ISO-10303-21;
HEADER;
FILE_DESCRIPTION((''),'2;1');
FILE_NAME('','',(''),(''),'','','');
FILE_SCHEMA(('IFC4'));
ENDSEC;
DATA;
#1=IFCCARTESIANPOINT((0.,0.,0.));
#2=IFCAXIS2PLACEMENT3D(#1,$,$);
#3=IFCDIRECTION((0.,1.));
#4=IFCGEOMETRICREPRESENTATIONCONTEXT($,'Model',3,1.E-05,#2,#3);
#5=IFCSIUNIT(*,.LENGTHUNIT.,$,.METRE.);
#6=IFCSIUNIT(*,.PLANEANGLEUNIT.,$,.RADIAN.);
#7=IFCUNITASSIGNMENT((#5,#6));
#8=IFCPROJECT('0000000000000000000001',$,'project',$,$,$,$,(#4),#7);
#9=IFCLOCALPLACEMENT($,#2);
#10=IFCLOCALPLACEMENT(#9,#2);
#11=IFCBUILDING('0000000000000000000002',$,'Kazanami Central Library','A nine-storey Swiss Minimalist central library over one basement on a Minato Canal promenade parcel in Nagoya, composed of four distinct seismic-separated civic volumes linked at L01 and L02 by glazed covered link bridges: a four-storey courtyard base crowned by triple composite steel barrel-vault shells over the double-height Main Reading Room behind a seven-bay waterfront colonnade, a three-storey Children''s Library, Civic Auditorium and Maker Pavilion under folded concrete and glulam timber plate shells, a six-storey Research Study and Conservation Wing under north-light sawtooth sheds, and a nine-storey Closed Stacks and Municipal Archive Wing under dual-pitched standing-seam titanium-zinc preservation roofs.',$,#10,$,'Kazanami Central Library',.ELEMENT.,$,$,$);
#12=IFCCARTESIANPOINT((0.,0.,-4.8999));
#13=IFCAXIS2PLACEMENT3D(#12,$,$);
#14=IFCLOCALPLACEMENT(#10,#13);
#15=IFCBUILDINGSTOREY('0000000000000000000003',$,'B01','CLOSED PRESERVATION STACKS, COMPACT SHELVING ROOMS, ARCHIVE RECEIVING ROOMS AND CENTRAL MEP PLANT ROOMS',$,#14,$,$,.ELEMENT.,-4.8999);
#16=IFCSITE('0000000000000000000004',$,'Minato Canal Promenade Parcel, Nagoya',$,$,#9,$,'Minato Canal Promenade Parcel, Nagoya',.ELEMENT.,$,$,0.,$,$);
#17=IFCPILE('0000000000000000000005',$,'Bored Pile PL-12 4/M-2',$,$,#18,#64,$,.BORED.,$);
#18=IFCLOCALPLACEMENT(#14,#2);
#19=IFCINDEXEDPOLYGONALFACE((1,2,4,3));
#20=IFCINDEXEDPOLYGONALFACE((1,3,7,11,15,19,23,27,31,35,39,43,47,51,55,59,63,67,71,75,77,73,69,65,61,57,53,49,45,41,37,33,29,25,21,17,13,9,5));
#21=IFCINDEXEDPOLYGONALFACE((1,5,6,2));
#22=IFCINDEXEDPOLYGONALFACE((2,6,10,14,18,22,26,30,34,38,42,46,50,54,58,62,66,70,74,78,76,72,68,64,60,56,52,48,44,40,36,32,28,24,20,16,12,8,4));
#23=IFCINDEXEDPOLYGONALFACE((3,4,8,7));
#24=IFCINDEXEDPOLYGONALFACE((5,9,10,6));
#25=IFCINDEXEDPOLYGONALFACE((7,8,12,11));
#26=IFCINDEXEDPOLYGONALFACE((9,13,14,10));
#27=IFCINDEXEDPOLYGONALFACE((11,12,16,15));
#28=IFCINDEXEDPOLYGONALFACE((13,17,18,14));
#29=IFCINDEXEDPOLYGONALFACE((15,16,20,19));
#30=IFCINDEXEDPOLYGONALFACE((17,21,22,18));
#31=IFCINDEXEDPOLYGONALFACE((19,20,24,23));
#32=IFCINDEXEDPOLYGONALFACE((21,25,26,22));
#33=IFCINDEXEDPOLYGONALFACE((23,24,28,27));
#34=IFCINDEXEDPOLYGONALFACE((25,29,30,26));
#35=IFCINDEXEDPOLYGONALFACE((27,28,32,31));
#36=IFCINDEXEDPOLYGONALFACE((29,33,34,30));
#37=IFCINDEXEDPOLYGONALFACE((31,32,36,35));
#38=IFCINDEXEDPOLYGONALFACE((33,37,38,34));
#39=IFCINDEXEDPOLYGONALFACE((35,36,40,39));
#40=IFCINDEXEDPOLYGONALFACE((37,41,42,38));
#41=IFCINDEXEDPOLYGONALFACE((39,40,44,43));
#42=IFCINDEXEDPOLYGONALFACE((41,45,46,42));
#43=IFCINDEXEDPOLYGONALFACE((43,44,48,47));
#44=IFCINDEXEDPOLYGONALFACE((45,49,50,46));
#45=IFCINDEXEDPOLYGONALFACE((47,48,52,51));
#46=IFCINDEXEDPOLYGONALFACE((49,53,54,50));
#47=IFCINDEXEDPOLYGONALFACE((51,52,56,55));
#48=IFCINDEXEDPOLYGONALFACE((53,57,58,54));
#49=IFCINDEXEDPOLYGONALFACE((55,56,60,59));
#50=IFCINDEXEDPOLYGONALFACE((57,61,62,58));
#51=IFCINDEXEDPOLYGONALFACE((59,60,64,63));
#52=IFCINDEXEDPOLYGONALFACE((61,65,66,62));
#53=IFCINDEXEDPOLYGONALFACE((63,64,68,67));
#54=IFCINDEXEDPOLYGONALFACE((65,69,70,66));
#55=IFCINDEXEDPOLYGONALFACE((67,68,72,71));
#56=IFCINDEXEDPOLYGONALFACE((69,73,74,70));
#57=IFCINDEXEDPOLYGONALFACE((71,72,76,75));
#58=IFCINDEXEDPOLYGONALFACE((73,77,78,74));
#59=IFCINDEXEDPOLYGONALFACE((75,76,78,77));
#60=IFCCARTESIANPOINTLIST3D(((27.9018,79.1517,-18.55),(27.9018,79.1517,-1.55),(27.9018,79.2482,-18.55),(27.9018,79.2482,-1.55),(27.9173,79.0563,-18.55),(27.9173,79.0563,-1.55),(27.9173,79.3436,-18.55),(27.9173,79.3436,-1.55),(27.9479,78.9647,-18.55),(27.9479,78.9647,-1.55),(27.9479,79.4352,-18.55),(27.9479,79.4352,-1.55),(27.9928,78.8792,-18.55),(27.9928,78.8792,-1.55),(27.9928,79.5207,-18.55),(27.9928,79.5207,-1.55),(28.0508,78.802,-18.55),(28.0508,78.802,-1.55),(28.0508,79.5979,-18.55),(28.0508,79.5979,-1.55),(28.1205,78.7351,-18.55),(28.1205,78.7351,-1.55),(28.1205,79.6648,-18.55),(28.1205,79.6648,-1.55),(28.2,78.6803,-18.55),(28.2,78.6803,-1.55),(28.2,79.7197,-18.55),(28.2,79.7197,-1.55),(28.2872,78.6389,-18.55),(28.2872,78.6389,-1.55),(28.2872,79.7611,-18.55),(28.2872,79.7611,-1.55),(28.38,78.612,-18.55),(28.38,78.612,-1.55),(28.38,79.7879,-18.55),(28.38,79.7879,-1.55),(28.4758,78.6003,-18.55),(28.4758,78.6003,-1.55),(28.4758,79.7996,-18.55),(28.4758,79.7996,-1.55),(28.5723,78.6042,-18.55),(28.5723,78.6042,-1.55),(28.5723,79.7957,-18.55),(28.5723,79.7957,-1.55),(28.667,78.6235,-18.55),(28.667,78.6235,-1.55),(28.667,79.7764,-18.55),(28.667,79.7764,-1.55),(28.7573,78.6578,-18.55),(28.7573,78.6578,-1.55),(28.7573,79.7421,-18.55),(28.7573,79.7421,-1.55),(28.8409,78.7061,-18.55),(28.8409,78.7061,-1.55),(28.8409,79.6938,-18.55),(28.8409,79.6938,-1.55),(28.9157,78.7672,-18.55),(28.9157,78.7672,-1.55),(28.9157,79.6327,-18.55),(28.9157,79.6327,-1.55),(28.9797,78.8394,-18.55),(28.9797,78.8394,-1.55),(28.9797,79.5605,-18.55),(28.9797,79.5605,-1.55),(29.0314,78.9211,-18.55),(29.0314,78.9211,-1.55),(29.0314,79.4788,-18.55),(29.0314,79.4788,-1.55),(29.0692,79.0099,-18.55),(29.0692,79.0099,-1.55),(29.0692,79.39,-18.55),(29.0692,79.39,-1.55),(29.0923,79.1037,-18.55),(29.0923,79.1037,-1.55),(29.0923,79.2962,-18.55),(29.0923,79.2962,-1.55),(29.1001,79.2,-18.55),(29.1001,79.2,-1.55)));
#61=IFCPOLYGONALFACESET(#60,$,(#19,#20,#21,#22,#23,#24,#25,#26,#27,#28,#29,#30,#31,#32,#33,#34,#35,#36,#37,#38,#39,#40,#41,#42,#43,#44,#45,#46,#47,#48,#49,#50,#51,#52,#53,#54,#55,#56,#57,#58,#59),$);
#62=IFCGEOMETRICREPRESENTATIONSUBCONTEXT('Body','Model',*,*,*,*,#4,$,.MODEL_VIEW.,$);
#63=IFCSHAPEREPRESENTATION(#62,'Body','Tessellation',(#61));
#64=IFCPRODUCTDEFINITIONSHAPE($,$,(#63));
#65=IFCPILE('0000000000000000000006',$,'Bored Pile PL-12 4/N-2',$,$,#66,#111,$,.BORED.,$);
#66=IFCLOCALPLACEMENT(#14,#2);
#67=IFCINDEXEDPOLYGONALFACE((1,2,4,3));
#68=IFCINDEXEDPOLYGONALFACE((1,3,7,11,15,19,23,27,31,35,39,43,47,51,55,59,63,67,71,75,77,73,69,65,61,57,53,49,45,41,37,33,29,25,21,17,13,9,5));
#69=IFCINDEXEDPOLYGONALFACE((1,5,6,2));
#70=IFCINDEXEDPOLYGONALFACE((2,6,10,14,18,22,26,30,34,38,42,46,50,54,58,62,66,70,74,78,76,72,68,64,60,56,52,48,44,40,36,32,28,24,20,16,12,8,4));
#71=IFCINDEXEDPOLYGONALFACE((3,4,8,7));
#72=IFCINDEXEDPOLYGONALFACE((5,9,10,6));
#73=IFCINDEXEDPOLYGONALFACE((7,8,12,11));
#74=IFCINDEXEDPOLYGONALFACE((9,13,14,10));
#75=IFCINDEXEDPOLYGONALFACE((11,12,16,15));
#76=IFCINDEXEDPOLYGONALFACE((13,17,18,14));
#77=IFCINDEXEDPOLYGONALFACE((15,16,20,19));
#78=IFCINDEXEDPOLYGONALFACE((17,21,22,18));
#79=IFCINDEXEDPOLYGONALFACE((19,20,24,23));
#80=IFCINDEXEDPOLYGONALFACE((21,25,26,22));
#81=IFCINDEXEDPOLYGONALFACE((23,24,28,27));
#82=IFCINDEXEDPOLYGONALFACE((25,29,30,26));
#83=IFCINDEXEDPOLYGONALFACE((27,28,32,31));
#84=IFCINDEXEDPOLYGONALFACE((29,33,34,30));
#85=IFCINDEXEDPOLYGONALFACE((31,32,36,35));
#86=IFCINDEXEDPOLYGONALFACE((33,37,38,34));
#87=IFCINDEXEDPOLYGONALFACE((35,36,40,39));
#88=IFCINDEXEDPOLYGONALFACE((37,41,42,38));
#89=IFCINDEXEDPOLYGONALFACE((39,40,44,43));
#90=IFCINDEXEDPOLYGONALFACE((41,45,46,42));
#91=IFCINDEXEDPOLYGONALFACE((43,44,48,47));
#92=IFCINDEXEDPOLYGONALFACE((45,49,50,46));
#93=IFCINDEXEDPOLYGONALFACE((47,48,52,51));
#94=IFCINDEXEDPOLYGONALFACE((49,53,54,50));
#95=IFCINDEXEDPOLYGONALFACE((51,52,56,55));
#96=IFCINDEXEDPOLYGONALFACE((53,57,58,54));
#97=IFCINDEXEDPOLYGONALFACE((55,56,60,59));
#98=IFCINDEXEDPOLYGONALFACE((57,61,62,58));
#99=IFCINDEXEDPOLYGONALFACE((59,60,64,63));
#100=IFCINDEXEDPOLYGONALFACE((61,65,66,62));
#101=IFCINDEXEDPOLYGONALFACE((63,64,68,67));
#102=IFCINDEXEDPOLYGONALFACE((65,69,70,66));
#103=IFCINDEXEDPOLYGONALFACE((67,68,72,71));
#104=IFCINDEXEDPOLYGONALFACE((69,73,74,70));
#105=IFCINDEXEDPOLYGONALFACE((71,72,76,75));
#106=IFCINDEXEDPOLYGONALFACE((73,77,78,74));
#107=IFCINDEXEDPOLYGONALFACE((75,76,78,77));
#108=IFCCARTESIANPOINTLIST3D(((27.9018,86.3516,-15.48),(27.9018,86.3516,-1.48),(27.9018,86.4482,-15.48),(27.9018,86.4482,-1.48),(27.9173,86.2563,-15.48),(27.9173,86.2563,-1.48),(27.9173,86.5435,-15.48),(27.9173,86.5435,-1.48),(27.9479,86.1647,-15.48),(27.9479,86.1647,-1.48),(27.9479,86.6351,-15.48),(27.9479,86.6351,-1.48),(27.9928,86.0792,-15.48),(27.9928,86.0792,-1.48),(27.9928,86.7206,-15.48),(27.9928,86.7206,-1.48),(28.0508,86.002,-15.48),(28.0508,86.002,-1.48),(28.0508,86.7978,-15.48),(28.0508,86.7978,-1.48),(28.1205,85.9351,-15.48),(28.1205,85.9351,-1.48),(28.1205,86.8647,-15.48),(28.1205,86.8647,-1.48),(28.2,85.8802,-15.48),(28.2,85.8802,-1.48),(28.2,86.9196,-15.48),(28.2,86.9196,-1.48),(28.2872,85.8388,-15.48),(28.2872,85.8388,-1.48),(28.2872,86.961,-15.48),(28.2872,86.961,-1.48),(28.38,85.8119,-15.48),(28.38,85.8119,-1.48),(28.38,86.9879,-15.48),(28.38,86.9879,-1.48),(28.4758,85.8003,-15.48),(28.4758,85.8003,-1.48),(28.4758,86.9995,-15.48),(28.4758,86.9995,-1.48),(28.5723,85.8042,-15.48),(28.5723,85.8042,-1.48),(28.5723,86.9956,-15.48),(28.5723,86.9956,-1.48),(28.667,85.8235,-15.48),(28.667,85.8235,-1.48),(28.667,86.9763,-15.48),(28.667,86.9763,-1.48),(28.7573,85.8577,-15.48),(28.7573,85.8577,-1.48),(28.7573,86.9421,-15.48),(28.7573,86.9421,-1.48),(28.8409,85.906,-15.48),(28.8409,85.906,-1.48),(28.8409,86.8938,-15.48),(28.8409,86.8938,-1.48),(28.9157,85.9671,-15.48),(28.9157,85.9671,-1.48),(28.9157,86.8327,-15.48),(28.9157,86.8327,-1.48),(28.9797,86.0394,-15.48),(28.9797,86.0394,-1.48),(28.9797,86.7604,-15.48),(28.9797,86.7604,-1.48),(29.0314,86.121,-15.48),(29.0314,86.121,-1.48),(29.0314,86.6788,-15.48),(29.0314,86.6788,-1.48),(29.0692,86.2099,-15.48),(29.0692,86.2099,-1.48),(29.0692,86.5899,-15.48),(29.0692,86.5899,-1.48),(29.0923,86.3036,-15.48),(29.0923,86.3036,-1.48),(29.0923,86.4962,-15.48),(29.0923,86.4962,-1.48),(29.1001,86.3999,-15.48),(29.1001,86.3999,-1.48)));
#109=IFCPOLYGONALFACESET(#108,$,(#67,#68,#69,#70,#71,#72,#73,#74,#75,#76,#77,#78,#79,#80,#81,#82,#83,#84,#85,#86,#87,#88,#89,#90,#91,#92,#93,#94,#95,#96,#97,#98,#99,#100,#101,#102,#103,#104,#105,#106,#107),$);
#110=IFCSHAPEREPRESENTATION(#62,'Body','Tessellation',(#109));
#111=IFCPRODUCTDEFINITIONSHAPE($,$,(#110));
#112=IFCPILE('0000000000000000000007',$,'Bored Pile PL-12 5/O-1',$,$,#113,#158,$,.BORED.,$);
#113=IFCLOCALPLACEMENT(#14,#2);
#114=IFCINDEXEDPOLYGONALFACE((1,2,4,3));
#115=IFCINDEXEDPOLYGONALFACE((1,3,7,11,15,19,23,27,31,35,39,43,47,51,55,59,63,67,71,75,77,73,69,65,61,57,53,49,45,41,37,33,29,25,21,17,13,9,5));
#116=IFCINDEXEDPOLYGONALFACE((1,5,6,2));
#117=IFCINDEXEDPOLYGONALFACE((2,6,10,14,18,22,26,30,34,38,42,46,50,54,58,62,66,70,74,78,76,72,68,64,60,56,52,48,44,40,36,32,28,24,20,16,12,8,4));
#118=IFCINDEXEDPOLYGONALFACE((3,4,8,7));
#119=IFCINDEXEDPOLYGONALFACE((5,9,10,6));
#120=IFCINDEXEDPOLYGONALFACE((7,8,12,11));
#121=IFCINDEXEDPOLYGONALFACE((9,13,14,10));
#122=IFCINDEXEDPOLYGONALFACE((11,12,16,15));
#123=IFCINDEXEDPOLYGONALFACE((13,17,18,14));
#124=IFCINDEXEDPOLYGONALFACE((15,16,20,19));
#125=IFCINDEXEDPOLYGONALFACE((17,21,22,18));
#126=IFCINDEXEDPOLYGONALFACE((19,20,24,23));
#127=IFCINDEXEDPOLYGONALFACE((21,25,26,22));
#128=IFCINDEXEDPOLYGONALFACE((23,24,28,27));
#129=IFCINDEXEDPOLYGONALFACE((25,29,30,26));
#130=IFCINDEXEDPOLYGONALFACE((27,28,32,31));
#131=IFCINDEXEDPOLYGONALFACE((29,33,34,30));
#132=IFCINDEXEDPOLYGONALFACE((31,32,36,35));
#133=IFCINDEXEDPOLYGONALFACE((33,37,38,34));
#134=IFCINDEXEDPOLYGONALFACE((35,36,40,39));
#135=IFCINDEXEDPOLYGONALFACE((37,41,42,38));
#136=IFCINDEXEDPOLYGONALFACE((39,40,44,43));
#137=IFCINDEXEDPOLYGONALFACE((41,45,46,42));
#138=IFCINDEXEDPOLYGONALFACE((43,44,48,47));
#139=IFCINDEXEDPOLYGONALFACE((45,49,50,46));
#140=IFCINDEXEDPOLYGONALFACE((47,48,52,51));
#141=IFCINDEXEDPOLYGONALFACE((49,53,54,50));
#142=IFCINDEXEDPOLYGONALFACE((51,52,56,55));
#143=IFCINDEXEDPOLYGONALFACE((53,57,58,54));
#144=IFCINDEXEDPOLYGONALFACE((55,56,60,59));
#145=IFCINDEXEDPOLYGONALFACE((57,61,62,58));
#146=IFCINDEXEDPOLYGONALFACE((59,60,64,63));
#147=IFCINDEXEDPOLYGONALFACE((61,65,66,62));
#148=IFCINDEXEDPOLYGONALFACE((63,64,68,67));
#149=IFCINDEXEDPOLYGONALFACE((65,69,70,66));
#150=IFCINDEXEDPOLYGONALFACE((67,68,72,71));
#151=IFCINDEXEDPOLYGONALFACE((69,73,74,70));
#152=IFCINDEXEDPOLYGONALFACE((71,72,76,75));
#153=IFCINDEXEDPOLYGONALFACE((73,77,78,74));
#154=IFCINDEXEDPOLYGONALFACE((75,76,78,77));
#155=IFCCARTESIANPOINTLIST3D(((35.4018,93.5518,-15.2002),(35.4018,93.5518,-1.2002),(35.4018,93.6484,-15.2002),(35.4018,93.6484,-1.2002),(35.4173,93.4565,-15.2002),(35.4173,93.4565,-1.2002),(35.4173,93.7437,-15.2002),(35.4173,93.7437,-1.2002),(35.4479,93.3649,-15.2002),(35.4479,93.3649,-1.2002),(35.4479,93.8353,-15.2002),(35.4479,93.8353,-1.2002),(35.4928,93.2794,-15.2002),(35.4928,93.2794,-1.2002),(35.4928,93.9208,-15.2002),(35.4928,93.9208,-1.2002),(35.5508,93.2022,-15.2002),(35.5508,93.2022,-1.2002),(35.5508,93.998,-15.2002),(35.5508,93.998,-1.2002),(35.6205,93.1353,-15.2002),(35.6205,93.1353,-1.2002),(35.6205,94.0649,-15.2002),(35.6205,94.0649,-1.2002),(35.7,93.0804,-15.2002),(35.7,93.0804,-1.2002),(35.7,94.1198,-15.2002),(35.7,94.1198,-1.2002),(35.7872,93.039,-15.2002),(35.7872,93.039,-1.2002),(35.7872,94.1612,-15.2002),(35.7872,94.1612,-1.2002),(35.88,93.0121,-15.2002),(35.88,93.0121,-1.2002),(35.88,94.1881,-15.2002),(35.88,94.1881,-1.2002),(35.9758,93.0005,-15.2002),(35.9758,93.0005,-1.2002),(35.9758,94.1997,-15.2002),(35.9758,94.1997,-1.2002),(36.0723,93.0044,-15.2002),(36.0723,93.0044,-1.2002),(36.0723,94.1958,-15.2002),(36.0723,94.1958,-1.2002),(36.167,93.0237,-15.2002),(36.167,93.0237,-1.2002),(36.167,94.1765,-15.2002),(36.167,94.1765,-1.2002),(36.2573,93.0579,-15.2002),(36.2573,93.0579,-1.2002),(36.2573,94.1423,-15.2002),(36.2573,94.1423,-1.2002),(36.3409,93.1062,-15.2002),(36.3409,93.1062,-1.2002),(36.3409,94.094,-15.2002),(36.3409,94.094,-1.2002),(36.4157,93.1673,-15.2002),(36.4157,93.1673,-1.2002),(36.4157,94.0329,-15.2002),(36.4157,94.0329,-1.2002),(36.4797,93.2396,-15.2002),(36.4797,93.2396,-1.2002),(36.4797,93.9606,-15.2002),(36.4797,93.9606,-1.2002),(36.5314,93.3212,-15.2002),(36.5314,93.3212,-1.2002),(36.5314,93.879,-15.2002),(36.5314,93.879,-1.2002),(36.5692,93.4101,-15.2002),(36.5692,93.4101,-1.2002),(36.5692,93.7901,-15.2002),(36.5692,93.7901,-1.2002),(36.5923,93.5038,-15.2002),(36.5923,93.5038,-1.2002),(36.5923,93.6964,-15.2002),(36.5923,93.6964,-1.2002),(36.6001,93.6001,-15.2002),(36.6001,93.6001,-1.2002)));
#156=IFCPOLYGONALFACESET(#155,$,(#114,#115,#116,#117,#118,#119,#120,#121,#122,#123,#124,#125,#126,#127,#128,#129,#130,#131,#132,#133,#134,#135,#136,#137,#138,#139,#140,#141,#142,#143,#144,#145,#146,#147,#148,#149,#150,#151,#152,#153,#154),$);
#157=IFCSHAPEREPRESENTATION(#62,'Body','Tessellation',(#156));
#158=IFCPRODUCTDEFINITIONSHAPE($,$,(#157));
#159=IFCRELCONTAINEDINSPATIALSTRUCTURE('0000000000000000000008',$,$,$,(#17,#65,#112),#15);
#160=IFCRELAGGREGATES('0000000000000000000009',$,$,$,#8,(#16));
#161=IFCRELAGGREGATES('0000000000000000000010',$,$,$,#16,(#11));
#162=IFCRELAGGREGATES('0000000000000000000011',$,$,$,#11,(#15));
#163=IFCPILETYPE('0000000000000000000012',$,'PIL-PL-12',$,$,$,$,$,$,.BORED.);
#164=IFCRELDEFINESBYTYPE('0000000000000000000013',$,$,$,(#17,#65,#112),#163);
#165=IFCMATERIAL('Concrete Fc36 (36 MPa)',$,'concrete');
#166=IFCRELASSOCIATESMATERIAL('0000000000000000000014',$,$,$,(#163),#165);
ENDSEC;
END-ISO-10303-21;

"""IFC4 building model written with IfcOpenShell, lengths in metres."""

from ifc_helpers import new_model, si_unit, direction, frame, origin, origin_2d, place, context, subcontext, project, spatial, circle, extrude, material, material_profile, profile_set, type_object, element, save


model = new_model("IFC4")

# Units and contexts
model_context = context("Model", 3, precision=1e-05, world=origin(), true_north=direction((0.0, 1.0)))
body_context = subcontext(model_context, "Body", "Model", "MODEL_VIEW")
ifc_project = project(units=[si_unit("LENGTHUNIT", "METRE"), si_unit("PLANEANGLEUNIT", "RADIAN")], contexts=[model_context])

# Site, building, storey
site_placement = place(None, origin())
site = spatial("IfcSite", under=ifc_project, at=site_placement, Name="Minato Canal Promenade Parcel, Nagoya", LongName="Minato Canal Promenade Parcel, Nagoya", CompositionType="ELEMENT", RefElevation=0.0)
building_placement = place(site_placement, origin())
building = spatial("IfcBuilding", under=site, at=building_placement, Name="Kazanami Central Library", Description="A nine-storey Swiss Minimalist central library over one basement on a Minato Canal promenade parcel in Nagoya, composed of four distinct seismic-separated civic volumes linked at L01 and L02 by glazed covered link bridges: a four-storey courtyard base crowned by triple composite steel barrel-vault shells over the double-height Main Reading Room behind a seven-bay waterfront colonnade, a three-storey Children's Library, Civic Auditorium and Maker Pavilion under folded concrete and glulam timber plate shells, a six-storey Research Study and Conservation Wing under north-light sawtooth sheds, and a nine-storey Closed Stacks and Municipal Archive Wing under dual-pitched standing-seam titanium-zinc preservation roofs.", LongName="Kazanami Central Library", CompositionType="ELEMENT")
storey_placement = place(building_placement, frame((0.0, 0.0, -4.8999)))
storey = spatial("IfcBuildingStorey", under=building, at=storey_placement, Name="B01", Description="CLOSED PRESERVATION STACKS, COMPACT SHELVING ROOMS, ARCHIVE RECEIVING ROOMS AND CENTRAL MEP PLANT ROOMS", CompositionType="ELEMENT", Elevation=-4.8999)

# Shared definitions
ifc_material_1 = material(Name="Concrete Fc36 (36 MPa)", Category="concrete")

# Piles
ifc_material_profile_1 = material_profile(ifc_material_1, circle(Radius=0.6001, at=origin_2d()), Name="BORED-D1200")
ifc_profile_set_1 = profile_set([ifc_material_profile_1], Name="Concrete Fc36 (36 MPa)")
pile_type_1 = type_object("IfcPileType", Name="PIL-PL-12", PredefinedType="BORED", material=ifc_profile_set_1)
pile_1_placement = place(storey_placement, frame((28.5, 79.2, -1.55), z_axis=(0.0, 0.0, -1.0), x_axis=(1.0, 0.0, 0.0)))
element("IfcPile", 1, at=pile_1_placement, inside=storey, type_object=pile_type_1, Name="Bored Pile PL-12 4/M-2", PredefinedType="BORED", context=body_context, shape_type="SweptSolid", body=[
    extrude(circle(Radius=0.6001, at=origin_2d()), origin(), (0.0, 0.0, 1.0), 17.0),
])
for number, where, z_axis, x_axis, name in (
    (2, (28.5, 86.3999, -1.48), (0.0, 0.0, -1.0), (1.0, 0.0, 0.0), "Bored Pile PL-12 4/N-2"),
    (3, (36.0, 93.6001, -1.2002), (0.0, 0.0, -1.0), (1.0, 0.0, 0.0), "Bored Pile PL-12 5/O-1"),
):
    element("IfcPile", number, at=place(storey_placement, frame(where, z_axis=z_axis, x_axis=x_axis)), inside=storey, type_object=pile_type_1, Name=name, PredefinedType="BORED", context=body_context, shape_type="SweptSolid", body=[
        extrude(circle(Radius=0.6001, at=origin_2d()), origin(), (0.0, 0.0, 1.0), 14.0),
    ])

save(model, "model.ifc")
